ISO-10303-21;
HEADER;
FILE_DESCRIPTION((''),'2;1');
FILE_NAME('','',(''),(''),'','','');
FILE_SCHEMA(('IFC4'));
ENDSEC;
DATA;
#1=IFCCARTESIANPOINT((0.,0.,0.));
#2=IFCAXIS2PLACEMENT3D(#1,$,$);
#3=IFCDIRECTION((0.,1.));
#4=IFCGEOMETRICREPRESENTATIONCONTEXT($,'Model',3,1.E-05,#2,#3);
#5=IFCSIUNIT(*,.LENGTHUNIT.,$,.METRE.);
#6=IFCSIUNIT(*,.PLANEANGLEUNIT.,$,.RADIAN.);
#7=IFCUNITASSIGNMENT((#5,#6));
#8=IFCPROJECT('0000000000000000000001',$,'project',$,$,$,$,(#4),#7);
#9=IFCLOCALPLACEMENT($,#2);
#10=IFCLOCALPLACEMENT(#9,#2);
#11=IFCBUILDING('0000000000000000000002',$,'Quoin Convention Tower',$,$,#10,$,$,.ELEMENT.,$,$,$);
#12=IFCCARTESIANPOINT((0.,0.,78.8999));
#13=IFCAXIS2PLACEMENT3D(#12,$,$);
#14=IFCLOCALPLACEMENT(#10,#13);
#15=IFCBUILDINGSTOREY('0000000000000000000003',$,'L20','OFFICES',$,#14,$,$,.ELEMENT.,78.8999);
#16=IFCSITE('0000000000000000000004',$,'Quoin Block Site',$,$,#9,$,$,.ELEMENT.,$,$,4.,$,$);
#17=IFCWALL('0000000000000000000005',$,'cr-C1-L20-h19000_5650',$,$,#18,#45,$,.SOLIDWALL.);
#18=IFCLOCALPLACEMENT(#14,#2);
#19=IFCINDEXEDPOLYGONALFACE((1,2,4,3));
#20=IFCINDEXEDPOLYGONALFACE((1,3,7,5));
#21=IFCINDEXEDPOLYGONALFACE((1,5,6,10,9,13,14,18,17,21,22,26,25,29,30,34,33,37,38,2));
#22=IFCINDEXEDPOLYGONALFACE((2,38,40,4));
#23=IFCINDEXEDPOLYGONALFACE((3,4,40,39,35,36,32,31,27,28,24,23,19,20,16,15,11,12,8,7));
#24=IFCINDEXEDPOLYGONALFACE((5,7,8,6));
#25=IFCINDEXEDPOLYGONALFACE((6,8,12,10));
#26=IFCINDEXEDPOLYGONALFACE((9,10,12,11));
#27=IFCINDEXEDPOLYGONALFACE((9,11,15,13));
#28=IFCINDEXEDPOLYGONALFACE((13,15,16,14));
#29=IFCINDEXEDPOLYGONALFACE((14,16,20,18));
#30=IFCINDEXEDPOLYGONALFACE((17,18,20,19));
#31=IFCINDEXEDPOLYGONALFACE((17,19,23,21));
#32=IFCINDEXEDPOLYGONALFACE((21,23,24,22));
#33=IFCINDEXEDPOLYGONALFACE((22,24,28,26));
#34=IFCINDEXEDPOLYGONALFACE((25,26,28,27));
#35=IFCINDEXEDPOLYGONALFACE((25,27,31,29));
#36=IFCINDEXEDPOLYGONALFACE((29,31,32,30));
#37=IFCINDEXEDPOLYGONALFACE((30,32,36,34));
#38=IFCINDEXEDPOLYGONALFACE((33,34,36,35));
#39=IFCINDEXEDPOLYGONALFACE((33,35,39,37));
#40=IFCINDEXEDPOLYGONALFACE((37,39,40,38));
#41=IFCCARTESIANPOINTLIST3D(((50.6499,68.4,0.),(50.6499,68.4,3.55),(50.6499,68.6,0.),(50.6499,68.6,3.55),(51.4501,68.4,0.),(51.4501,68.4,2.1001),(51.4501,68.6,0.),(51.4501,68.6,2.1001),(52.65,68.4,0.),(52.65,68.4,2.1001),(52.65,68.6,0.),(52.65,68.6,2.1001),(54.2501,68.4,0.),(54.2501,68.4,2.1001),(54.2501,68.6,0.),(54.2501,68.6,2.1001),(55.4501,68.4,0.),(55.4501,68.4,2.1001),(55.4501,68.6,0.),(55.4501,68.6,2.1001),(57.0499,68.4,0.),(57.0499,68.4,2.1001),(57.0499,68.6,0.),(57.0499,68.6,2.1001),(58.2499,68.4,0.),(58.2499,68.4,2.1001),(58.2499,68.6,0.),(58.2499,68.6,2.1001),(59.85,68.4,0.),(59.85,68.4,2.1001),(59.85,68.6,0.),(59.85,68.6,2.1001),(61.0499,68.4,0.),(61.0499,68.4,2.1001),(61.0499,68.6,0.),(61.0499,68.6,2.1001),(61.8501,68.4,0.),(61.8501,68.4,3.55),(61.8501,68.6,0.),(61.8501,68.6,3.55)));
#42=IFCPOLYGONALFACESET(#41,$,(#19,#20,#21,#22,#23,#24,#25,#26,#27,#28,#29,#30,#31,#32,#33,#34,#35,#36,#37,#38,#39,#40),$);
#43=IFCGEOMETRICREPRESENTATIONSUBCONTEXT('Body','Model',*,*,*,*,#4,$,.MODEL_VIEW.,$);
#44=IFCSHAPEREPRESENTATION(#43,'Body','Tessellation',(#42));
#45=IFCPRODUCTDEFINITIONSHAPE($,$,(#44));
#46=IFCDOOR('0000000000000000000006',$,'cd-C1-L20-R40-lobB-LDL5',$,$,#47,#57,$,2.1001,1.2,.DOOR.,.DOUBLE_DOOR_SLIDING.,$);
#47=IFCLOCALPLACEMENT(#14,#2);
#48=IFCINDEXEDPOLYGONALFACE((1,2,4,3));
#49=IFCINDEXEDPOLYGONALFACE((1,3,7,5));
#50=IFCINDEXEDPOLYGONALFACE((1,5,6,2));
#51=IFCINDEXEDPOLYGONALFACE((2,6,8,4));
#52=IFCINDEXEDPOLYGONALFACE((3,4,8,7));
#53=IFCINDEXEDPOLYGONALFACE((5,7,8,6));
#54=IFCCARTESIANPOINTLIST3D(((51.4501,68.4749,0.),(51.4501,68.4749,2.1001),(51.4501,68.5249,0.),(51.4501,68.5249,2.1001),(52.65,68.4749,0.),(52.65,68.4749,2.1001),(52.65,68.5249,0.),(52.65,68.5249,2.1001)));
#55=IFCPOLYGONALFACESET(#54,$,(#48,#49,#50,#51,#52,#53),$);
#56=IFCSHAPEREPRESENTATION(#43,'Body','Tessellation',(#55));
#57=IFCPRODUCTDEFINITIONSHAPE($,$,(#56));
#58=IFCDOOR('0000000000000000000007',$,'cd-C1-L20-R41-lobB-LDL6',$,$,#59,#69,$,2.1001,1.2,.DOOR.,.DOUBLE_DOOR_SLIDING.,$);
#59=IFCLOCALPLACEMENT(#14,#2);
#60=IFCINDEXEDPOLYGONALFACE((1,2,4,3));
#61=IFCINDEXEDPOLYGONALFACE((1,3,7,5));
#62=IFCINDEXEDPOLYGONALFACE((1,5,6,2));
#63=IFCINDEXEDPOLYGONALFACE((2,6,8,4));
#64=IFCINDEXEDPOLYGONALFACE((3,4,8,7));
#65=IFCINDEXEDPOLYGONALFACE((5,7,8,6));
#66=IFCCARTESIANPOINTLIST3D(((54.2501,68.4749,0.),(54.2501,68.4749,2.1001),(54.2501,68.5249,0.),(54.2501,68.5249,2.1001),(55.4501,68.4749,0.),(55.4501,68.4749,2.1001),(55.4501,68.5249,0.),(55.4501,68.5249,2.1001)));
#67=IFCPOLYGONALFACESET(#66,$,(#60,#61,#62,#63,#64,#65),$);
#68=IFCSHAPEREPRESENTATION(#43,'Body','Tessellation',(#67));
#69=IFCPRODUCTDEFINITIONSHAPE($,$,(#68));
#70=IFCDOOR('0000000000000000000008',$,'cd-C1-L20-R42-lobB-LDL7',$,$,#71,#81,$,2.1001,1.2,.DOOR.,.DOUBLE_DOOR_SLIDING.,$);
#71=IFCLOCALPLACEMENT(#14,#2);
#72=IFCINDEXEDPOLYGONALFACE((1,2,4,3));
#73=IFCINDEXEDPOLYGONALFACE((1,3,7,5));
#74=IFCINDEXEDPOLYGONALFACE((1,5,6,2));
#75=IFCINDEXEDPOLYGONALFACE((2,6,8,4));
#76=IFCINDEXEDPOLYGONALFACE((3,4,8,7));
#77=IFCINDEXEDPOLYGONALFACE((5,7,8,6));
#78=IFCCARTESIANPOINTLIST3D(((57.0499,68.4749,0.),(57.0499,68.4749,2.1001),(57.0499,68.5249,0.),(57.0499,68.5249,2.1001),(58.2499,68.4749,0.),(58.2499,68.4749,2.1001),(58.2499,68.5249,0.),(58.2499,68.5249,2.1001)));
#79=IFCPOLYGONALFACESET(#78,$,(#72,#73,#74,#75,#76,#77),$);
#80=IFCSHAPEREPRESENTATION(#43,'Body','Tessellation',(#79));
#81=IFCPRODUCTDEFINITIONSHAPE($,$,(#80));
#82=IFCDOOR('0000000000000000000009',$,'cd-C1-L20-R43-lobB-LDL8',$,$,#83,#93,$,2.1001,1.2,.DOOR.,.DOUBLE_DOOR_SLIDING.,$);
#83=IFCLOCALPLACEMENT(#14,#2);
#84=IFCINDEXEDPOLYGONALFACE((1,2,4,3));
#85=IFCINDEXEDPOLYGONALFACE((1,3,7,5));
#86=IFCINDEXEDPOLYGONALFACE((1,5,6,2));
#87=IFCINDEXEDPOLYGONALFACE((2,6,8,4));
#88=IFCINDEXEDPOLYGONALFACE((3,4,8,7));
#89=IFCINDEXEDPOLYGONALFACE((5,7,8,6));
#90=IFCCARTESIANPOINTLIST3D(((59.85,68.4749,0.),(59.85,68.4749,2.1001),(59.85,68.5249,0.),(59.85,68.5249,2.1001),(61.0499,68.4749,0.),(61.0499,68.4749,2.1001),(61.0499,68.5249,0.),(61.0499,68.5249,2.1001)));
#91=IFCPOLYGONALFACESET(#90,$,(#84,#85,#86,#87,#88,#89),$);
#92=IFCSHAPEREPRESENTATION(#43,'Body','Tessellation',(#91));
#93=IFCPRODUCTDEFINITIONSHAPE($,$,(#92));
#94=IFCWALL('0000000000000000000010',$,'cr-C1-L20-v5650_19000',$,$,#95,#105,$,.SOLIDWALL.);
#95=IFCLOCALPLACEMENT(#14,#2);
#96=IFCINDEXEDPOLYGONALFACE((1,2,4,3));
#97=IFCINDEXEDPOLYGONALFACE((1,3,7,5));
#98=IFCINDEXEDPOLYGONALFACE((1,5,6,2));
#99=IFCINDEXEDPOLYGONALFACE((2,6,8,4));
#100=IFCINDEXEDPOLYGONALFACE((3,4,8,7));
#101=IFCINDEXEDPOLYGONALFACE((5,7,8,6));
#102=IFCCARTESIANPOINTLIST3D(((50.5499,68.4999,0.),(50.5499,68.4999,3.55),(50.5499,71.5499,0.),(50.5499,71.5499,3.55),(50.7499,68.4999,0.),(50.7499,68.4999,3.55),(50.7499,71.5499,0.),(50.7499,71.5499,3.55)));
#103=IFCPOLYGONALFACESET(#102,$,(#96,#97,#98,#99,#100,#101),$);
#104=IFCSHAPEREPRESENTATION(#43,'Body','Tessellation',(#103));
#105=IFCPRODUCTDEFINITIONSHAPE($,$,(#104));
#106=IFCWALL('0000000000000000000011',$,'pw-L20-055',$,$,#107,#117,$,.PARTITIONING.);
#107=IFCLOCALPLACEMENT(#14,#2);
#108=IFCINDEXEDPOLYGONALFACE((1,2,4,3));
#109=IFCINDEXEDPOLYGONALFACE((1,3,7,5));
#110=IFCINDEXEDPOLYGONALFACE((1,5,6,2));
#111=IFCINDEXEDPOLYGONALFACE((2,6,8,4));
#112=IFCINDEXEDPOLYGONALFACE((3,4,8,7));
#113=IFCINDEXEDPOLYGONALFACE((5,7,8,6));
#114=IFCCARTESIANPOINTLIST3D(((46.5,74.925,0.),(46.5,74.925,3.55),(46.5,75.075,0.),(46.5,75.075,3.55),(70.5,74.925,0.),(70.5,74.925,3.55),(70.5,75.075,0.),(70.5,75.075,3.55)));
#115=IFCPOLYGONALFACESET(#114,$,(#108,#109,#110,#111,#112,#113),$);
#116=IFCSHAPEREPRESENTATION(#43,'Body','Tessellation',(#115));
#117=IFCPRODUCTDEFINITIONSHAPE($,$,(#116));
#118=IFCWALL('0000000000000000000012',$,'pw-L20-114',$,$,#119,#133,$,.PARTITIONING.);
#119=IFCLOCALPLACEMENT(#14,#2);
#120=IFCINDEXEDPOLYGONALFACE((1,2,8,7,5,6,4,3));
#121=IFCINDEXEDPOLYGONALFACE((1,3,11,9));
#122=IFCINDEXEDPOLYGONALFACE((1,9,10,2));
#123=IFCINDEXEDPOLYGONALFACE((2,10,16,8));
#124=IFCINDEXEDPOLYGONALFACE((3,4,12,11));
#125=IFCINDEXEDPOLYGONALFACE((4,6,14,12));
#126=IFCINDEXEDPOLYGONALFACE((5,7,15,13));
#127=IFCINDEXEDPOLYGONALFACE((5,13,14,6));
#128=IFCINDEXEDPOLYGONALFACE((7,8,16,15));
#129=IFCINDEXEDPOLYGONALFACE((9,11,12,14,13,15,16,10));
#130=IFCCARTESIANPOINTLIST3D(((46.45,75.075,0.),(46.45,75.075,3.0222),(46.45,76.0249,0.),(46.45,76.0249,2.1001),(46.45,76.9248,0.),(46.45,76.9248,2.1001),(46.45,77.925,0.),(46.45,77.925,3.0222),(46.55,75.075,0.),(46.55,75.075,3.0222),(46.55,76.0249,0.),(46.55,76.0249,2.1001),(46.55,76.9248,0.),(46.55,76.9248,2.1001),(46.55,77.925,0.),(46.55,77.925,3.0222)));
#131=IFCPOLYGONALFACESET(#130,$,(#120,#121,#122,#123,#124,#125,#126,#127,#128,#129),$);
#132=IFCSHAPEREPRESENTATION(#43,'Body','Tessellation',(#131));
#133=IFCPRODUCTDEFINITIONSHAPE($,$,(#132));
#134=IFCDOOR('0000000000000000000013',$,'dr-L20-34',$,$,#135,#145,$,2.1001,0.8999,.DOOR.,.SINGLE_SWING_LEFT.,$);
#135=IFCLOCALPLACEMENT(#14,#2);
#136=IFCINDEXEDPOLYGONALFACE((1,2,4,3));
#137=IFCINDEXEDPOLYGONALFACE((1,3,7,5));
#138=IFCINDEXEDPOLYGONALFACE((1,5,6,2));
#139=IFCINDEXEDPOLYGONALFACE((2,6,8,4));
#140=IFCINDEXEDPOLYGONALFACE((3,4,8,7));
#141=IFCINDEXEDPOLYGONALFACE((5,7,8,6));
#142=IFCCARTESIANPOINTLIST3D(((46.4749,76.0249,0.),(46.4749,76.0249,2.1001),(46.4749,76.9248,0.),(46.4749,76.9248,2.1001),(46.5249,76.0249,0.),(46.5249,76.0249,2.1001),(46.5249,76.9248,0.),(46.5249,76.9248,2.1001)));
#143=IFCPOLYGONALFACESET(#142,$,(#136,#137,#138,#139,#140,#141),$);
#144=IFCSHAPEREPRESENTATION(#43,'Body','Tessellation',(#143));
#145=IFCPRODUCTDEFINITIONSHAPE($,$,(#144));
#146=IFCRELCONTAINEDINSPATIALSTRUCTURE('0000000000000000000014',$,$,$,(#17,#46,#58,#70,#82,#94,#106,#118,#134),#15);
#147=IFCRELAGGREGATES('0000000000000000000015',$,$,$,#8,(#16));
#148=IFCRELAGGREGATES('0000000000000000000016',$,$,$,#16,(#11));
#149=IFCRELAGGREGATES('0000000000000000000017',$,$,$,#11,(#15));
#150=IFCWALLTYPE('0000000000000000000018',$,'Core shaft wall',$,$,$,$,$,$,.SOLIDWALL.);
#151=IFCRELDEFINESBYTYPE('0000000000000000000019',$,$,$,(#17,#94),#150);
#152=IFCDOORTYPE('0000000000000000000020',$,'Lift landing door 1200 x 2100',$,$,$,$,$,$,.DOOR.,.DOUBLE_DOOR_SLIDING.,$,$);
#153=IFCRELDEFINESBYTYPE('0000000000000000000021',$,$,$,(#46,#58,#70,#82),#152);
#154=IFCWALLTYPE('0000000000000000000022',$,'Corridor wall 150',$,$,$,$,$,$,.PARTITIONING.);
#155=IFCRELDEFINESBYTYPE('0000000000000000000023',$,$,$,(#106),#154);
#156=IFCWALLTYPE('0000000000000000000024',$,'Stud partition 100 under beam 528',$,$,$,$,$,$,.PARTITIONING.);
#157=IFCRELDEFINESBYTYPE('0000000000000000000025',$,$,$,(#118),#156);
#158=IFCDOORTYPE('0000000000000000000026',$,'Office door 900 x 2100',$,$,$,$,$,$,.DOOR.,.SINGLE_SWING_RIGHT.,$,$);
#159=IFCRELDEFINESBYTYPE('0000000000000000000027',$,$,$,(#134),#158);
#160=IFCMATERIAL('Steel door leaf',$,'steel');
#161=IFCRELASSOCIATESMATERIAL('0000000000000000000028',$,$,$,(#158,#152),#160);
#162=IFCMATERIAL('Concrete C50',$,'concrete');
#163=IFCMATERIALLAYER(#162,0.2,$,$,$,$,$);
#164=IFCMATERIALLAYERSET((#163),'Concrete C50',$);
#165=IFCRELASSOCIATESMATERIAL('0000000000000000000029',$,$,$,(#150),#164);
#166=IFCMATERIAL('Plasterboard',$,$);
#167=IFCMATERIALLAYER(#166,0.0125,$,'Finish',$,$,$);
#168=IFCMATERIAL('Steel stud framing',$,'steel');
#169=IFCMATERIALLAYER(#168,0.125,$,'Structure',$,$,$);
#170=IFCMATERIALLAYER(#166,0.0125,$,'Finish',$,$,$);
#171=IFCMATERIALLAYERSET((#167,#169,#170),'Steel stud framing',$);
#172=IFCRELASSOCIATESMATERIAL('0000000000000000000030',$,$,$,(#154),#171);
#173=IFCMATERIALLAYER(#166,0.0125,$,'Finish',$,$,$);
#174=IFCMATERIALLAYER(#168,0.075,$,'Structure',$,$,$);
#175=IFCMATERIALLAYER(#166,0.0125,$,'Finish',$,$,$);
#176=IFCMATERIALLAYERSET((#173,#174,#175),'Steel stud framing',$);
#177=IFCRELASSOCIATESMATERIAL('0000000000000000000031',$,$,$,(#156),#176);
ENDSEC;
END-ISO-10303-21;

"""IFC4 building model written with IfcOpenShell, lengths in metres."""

from ifc_helpers import new_model, si_unit, direction, frame, frame_2d, origin, place, context, subcontext, project, spatial, rectangle, extrude, material, layer, layer_set, type_object, element, fill, save


model = new_model("IFC4")

# Units and contexts
model_context = context("Model", 3, precision=1e-05, world=origin(), true_north=direction((0.0, 1.0)))
body_context = subcontext(model_context, "Body", "Model", "MODEL_VIEW")
ifc_project = project(units=[si_unit("LENGTHUNIT", "METRE"), si_unit("PLANEANGLEUNIT", "RADIAN")], contexts=[model_context])

# Site, building, storey
site_placement = place(None, origin())
site = spatial("IfcSite", under=ifc_project, at=site_placement, Name="Quoin Block Site", CompositionType="ELEMENT", RefElevation=4.0)
building_placement = place(site_placement, origin())
building = spatial("IfcBuilding", under=site, at=building_placement, Name="Quoin Convention Tower", CompositionType="ELEMENT")
storey_placement = place(building_placement, frame((0.0, 0.0, 78.8999)))
storey = spatial("IfcBuildingStorey", under=building, at=storey_placement, Name="L20", Description="OFFICES", CompositionType="ELEMENT", Elevation=78.8999)

# Shared definitions
ifc_material_1 = material(Name="Plasterboard")
ifc_material_2 = material(Name="Steel stud framing", Category="steel")
ifc_material_3 = material(Name="Steel door leaf", Category="steel")
door_type_1 = type_object("IfcDoorType", Name="Office door 900 x 2100", OperationType="SINGLE_SWING_RIGHT", PredefinedType="DOOR", material=ifc_material_3)

# Wall, openings, doors
ifc_material_4 = material(Name="Concrete C50", Category="concrete")
ifc_layer_1 = layer(ifc_material_4, 0.2)
ifc_layer_set_1 = layer_set([ifc_layer_1], Name="Concrete C50")
wall_type_1 = type_object("IfcWallType", Name="Core shaft wall", PredefinedType="SOLIDWALL", material=ifc_layer_set_1)
wall_1_placement = place(storey_placement, frame((50.6499, 68.5, 0.0), z_axis=(0.0, 0.0, 1.0), x_axis=(1.0, 0.0, 0.0)))
wall_1 = element("IfcWall", 1, at=wall_1_placement, inside=storey, type_object=wall_type_1, Name="cr-C1-L20-h19000_5650", PredefinedType="SOLIDWALL", context=body_context, shape_type="SweptSolid", body=[
    extrude(rectangle(XDim=11.2002, YDim=0.2, at=frame_2d((5.6001, 0.0))), origin(), (0.0, 0.0, 1.0), 3.55),
])
opening_1_placement = place(wall_1_placement, frame((0.8, 0.0, 0.0)))
opening_1 = element("IfcOpeningElement", 2, at=opening_1_placement, cuts=wall_1, PredefinedType="OPENING", context=body_context, shape_type="SweptSolid", body=[
    extrude(rectangle(XDim=1.2, YDim=2.1001, at=frame_2d((0.6001, 1.05))), frame((0.0, 0.1099, 0.0), z_axis=(0.0, -1.0, 0.0), x_axis=(1.0, 0.0, 0.0)), (0.0, 0.0, 1.0), 0.22),
])
opening_2_placement = place(wall_1_placement, frame((3.6001, 0.0, 0.0)))
opening_2 = element("IfcOpeningElement", 3, at=opening_2_placement, cuts=wall_1, PredefinedType="OPENING", context=body_context, shape_type="SweptSolid", body=[
    extrude(rectangle(XDim=1.2, YDim=2.1001, at=frame_2d((0.6001, 1.05))), frame((0.0, 0.1099, 0.0), z_axis=(0.0, -1.0, 0.0), x_axis=(1.0, 0.0, 0.0)), (0.0, 0.0, 1.0), 0.22),
])
opening_3_placement = place(wall_1_placement, frame((6.3999, 0.0, 0.0)))
opening_3 = element("IfcOpeningElement", 4, at=opening_3_placement, cuts=wall_1, PredefinedType="OPENING", context=body_context, shape_type="SweptSolid", body=[
    extrude(rectangle(XDim=1.2, YDim=2.1001, at=frame_2d((0.6001, 1.05))), frame((0.0, 0.1099, 0.0), z_axis=(0.0, -1.0, 0.0), x_axis=(1.0, 0.0, 0.0)), (0.0, 0.0, 1.0), 0.22),
])
opening_4_placement = place(wall_1_placement, frame((9.2, 0.0, 0.0)))
opening_4 = element("IfcOpeningElement", 5, at=opening_4_placement, cuts=wall_1, PredefinedType="OPENING", context=body_context, shape_type="SweptSolid", body=[
    extrude(rectangle(XDim=1.2, YDim=2.1001, at=frame_2d((0.6001, 1.05))), frame((0.0, 0.1099, 0.0), z_axis=(0.0, -1.0, 0.0), x_axis=(1.0, 0.0, 0.0)), (0.0, 0.0, 1.0), 0.22),
])
door_type_2 = type_object("IfcDoorType", Name="Lift landing door 1200 x 2100", OperationType="DOUBLE_DOOR_SLIDING", PredefinedType="DOOR", material=ifc_material_3)
door_1_placement = place(opening_1_placement, origin())
door_1 = element("IfcDoor", 6, at=door_1_placement, inside=storey, type_object=door_type_2, Name="cd-C1-L20-R40-lobB-LDL5", OperationType="DOUBLE_DOOR_SLIDING", OverallHeight=2.1001, OverallWidth=1.2, PredefinedType="DOOR", context=body_context, shape_type="SweptSolid", body=[
    extrude(rectangle(XDim=1.2, YDim=2.1001, at=frame_2d((0.6001, 1.05))), frame((0.0, 0.0249, 0.0), z_axis=(0.0, -1.0, 0.0), x_axis=(1.0, 0.0, 0.0)), (0.0, 0.0, 1.0), 0.05),
])
fill(opening_1, door_1)
door_2_placement = place(opening_2_placement, origin())
door_2 = element("IfcDoor", 7, at=door_2_placement, inside=storey, type_object=door_type_2, Name="cd-C1-L20-R41-lobB-LDL6", OperationType="DOUBLE_DOOR_SLIDING", OverallHeight=2.1001, OverallWidth=1.2, PredefinedType="DOOR", context=body_context, shape_type="SweptSolid", body=[
    extrude(rectangle(XDim=1.2, YDim=2.1001, at=frame_2d((0.6001, 1.05))), frame((0.0, 0.0249, 0.0), z_axis=(0.0, -1.0, 0.0), x_axis=(1.0, 0.0, 0.0)), (0.0, 0.0, 1.0), 0.05),
])
fill(opening_2, door_2)
door_3_placement = place(opening_3_placement, origin())
door_3 = element("IfcDoor", 8, at=door_3_placement, inside=storey, type_object=door_type_2, Name="cd-C1-L20-R42-lobB-LDL7", OperationType="DOUBLE_DOOR_SLIDING", OverallHeight=2.1001, OverallWidth=1.2, PredefinedType="DOOR", context=body_context, shape_type="SweptSolid", body=[
    extrude(rectangle(XDim=1.2, YDim=2.1001, at=frame_2d((0.6001, 1.05))), frame((0.0, 0.0249, 0.0), z_axis=(0.0, -1.0, 0.0), x_axis=(1.0, 0.0, 0.0)), (0.0, 0.0, 1.0), 0.05),
])
fill(opening_3, door_3)
door_4_placement = place(opening_4_placement, origin())
door_4 = element("IfcDoor", 9, at=door_4_placement, inside=storey, type_object=door_type_2, Name="cd-C1-L20-R43-lobB-LDL8", OperationType="DOUBLE_DOOR_SLIDING", OverallHeight=2.1001, OverallWidth=1.2, PredefinedType="DOOR", context=body_context, shape_type="SweptSolid", body=[
    extrude(rectangle(XDim=1.2, YDim=2.1001, at=frame_2d((0.6001, 1.05))), frame((0.0, 0.0249, 0.0), z_axis=(0.0, -1.0, 0.0), x_axis=(1.0, 0.0, 0.0)), (0.0, 0.0, 1.0), 0.05),
])
fill(opening_4, door_4)

# Walls
wall_2_placement = place(storey_placement, frame((50.6499, 68.5, 0.0), z_axis=(0.0, 0.0, 1.0), x_axis=(0.0, 1.0, 0.0)))
element("IfcWall", 10, at=wall_2_placement, inside=storey, type_object=wall_type_1, Name="cr-C1-L20-v5650_19000", PredefinedType="SOLIDWALL", context=body_context, shape_type="SweptSolid", body=[
    extrude(rectangle(XDim=3.05, YDim=0.2, at=frame_2d((1.5249, 0.0))), origin(), (0.0, 0.0, 1.0), 3.55),
])
ifc_layer_2 = layer(ifc_material_1, 0.0125, Name="Finish")
ifc_layer_3 = layer(ifc_material_2, 0.125, Name="Structure")
ifc_layer_4 = layer(ifc_material_1, 0.0125, Name="Finish")
ifc_layer_set_2 = layer_set([ifc_layer_2, ifc_layer_3, ifc_layer_4], Name="Steel stud framing")
wall_type_2 = type_object("IfcWallType", Name="Corridor wall 150", PredefinedType="PARTITIONING", material=ifc_layer_set_2)
wall_3_placement = place(storey_placement, frame((46.5, 75.0, 0.0), z_axis=(0.0, 0.0, 1.0), x_axis=(1.0, 0.0, 0.0)))
element("IfcWall", 11, at=wall_3_placement, inside=storey, type_object=wall_type_2, Name="pw-L20-055", PredefinedType="PARTITIONING", context=body_context, shape_type="SweptSolid", body=[
    extrude(rectangle(XDim=24.0, YDim=0.1499, at=frame_2d((12.0, 0.0))), origin(), (0.0, 0.0, 1.0), 3.55),
])

# Wall, opening, door
ifc_layer_5 = layer(ifc_material_1, 0.0125, Name="Finish")
ifc_layer_6 = layer(ifc_material_2, 0.075, Name="Structure")
ifc_layer_7 = layer(ifc_material_1, 0.0125, Name="Finish")
ifc_layer_set_3 = layer_set([ifc_layer_5, ifc_layer_6, ifc_layer_7], Name="Steel stud framing")
wall_type_3 = type_object("IfcWallType", Name="Stud partition 100 under beam 528", PredefinedType="PARTITIONING", material=ifc_layer_set_3)
wall_4_placement = place(storey_placement, frame((46.5, 75.075, 0.0), z_axis=(0.0, 0.0, 1.0), x_axis=(0.0, 1.0, 0.0)))
wall_4 = element("IfcWall", 12, at=wall_4_placement, inside=storey, type_object=wall_type_3, Name="pw-L20-114", PredefinedType="PARTITIONING", context=body_context, shape_type="SweptSolid", body=[
    extrude(rectangle(XDim=2.8501, YDim=0.1001, at=frame_2d((1.425, 0.0))), origin(), (0.0, 0.0, 1.0), 3.0222),
])
opening_5_placement = place(wall_4_placement, frame((0.95, 0.0, 0.0)))
opening_5 = element("IfcOpeningElement", 13, at=opening_5_placement, cuts=wall_4, PredefinedType="OPENING", context=body_context, shape_type="SweptSolid", body=[
    extrude(rectangle(XDim=0.8999, YDim=2.1001, at=frame_2d((0.45, 1.05))), frame((0.0, 0.0601, 0.0), z_axis=(0.0, -1.0, 0.0), x_axis=(1.0, 0.0, 0.0)), (0.0, 0.0, 1.0), 0.1201),
])
door_5_placement = place(opening_5_placement, frame((0.8999, 0.0, 0.0), z_axis=(0.0, 0.0, 1.0), x_axis=(-1.0, 0.0, 0.0)))
door_5 = element("IfcDoor", 14, at=door_5_placement, inside=storey, type_object=door_type_1, Name="dr-L20-34", OperationType="SINGLE_SWING_LEFT", OverallHeight=2.1001, OverallWidth=0.8999, PredefinedType="DOOR", context=body_context, shape_type="SweptSolid", body=[
    extrude(rectangle(XDim=0.8999, YDim=2.1001, at=frame_2d((0.45, 1.05))), frame((0.0, 0.0249, 0.0), z_axis=(0.0, -1.0, 0.0), x_axis=(1.0, 0.0, 0.0)), (0.0, 0.0, 1.0), 0.05),
])
fill(opening_5, door_5)

save(model, "model.ifc")
